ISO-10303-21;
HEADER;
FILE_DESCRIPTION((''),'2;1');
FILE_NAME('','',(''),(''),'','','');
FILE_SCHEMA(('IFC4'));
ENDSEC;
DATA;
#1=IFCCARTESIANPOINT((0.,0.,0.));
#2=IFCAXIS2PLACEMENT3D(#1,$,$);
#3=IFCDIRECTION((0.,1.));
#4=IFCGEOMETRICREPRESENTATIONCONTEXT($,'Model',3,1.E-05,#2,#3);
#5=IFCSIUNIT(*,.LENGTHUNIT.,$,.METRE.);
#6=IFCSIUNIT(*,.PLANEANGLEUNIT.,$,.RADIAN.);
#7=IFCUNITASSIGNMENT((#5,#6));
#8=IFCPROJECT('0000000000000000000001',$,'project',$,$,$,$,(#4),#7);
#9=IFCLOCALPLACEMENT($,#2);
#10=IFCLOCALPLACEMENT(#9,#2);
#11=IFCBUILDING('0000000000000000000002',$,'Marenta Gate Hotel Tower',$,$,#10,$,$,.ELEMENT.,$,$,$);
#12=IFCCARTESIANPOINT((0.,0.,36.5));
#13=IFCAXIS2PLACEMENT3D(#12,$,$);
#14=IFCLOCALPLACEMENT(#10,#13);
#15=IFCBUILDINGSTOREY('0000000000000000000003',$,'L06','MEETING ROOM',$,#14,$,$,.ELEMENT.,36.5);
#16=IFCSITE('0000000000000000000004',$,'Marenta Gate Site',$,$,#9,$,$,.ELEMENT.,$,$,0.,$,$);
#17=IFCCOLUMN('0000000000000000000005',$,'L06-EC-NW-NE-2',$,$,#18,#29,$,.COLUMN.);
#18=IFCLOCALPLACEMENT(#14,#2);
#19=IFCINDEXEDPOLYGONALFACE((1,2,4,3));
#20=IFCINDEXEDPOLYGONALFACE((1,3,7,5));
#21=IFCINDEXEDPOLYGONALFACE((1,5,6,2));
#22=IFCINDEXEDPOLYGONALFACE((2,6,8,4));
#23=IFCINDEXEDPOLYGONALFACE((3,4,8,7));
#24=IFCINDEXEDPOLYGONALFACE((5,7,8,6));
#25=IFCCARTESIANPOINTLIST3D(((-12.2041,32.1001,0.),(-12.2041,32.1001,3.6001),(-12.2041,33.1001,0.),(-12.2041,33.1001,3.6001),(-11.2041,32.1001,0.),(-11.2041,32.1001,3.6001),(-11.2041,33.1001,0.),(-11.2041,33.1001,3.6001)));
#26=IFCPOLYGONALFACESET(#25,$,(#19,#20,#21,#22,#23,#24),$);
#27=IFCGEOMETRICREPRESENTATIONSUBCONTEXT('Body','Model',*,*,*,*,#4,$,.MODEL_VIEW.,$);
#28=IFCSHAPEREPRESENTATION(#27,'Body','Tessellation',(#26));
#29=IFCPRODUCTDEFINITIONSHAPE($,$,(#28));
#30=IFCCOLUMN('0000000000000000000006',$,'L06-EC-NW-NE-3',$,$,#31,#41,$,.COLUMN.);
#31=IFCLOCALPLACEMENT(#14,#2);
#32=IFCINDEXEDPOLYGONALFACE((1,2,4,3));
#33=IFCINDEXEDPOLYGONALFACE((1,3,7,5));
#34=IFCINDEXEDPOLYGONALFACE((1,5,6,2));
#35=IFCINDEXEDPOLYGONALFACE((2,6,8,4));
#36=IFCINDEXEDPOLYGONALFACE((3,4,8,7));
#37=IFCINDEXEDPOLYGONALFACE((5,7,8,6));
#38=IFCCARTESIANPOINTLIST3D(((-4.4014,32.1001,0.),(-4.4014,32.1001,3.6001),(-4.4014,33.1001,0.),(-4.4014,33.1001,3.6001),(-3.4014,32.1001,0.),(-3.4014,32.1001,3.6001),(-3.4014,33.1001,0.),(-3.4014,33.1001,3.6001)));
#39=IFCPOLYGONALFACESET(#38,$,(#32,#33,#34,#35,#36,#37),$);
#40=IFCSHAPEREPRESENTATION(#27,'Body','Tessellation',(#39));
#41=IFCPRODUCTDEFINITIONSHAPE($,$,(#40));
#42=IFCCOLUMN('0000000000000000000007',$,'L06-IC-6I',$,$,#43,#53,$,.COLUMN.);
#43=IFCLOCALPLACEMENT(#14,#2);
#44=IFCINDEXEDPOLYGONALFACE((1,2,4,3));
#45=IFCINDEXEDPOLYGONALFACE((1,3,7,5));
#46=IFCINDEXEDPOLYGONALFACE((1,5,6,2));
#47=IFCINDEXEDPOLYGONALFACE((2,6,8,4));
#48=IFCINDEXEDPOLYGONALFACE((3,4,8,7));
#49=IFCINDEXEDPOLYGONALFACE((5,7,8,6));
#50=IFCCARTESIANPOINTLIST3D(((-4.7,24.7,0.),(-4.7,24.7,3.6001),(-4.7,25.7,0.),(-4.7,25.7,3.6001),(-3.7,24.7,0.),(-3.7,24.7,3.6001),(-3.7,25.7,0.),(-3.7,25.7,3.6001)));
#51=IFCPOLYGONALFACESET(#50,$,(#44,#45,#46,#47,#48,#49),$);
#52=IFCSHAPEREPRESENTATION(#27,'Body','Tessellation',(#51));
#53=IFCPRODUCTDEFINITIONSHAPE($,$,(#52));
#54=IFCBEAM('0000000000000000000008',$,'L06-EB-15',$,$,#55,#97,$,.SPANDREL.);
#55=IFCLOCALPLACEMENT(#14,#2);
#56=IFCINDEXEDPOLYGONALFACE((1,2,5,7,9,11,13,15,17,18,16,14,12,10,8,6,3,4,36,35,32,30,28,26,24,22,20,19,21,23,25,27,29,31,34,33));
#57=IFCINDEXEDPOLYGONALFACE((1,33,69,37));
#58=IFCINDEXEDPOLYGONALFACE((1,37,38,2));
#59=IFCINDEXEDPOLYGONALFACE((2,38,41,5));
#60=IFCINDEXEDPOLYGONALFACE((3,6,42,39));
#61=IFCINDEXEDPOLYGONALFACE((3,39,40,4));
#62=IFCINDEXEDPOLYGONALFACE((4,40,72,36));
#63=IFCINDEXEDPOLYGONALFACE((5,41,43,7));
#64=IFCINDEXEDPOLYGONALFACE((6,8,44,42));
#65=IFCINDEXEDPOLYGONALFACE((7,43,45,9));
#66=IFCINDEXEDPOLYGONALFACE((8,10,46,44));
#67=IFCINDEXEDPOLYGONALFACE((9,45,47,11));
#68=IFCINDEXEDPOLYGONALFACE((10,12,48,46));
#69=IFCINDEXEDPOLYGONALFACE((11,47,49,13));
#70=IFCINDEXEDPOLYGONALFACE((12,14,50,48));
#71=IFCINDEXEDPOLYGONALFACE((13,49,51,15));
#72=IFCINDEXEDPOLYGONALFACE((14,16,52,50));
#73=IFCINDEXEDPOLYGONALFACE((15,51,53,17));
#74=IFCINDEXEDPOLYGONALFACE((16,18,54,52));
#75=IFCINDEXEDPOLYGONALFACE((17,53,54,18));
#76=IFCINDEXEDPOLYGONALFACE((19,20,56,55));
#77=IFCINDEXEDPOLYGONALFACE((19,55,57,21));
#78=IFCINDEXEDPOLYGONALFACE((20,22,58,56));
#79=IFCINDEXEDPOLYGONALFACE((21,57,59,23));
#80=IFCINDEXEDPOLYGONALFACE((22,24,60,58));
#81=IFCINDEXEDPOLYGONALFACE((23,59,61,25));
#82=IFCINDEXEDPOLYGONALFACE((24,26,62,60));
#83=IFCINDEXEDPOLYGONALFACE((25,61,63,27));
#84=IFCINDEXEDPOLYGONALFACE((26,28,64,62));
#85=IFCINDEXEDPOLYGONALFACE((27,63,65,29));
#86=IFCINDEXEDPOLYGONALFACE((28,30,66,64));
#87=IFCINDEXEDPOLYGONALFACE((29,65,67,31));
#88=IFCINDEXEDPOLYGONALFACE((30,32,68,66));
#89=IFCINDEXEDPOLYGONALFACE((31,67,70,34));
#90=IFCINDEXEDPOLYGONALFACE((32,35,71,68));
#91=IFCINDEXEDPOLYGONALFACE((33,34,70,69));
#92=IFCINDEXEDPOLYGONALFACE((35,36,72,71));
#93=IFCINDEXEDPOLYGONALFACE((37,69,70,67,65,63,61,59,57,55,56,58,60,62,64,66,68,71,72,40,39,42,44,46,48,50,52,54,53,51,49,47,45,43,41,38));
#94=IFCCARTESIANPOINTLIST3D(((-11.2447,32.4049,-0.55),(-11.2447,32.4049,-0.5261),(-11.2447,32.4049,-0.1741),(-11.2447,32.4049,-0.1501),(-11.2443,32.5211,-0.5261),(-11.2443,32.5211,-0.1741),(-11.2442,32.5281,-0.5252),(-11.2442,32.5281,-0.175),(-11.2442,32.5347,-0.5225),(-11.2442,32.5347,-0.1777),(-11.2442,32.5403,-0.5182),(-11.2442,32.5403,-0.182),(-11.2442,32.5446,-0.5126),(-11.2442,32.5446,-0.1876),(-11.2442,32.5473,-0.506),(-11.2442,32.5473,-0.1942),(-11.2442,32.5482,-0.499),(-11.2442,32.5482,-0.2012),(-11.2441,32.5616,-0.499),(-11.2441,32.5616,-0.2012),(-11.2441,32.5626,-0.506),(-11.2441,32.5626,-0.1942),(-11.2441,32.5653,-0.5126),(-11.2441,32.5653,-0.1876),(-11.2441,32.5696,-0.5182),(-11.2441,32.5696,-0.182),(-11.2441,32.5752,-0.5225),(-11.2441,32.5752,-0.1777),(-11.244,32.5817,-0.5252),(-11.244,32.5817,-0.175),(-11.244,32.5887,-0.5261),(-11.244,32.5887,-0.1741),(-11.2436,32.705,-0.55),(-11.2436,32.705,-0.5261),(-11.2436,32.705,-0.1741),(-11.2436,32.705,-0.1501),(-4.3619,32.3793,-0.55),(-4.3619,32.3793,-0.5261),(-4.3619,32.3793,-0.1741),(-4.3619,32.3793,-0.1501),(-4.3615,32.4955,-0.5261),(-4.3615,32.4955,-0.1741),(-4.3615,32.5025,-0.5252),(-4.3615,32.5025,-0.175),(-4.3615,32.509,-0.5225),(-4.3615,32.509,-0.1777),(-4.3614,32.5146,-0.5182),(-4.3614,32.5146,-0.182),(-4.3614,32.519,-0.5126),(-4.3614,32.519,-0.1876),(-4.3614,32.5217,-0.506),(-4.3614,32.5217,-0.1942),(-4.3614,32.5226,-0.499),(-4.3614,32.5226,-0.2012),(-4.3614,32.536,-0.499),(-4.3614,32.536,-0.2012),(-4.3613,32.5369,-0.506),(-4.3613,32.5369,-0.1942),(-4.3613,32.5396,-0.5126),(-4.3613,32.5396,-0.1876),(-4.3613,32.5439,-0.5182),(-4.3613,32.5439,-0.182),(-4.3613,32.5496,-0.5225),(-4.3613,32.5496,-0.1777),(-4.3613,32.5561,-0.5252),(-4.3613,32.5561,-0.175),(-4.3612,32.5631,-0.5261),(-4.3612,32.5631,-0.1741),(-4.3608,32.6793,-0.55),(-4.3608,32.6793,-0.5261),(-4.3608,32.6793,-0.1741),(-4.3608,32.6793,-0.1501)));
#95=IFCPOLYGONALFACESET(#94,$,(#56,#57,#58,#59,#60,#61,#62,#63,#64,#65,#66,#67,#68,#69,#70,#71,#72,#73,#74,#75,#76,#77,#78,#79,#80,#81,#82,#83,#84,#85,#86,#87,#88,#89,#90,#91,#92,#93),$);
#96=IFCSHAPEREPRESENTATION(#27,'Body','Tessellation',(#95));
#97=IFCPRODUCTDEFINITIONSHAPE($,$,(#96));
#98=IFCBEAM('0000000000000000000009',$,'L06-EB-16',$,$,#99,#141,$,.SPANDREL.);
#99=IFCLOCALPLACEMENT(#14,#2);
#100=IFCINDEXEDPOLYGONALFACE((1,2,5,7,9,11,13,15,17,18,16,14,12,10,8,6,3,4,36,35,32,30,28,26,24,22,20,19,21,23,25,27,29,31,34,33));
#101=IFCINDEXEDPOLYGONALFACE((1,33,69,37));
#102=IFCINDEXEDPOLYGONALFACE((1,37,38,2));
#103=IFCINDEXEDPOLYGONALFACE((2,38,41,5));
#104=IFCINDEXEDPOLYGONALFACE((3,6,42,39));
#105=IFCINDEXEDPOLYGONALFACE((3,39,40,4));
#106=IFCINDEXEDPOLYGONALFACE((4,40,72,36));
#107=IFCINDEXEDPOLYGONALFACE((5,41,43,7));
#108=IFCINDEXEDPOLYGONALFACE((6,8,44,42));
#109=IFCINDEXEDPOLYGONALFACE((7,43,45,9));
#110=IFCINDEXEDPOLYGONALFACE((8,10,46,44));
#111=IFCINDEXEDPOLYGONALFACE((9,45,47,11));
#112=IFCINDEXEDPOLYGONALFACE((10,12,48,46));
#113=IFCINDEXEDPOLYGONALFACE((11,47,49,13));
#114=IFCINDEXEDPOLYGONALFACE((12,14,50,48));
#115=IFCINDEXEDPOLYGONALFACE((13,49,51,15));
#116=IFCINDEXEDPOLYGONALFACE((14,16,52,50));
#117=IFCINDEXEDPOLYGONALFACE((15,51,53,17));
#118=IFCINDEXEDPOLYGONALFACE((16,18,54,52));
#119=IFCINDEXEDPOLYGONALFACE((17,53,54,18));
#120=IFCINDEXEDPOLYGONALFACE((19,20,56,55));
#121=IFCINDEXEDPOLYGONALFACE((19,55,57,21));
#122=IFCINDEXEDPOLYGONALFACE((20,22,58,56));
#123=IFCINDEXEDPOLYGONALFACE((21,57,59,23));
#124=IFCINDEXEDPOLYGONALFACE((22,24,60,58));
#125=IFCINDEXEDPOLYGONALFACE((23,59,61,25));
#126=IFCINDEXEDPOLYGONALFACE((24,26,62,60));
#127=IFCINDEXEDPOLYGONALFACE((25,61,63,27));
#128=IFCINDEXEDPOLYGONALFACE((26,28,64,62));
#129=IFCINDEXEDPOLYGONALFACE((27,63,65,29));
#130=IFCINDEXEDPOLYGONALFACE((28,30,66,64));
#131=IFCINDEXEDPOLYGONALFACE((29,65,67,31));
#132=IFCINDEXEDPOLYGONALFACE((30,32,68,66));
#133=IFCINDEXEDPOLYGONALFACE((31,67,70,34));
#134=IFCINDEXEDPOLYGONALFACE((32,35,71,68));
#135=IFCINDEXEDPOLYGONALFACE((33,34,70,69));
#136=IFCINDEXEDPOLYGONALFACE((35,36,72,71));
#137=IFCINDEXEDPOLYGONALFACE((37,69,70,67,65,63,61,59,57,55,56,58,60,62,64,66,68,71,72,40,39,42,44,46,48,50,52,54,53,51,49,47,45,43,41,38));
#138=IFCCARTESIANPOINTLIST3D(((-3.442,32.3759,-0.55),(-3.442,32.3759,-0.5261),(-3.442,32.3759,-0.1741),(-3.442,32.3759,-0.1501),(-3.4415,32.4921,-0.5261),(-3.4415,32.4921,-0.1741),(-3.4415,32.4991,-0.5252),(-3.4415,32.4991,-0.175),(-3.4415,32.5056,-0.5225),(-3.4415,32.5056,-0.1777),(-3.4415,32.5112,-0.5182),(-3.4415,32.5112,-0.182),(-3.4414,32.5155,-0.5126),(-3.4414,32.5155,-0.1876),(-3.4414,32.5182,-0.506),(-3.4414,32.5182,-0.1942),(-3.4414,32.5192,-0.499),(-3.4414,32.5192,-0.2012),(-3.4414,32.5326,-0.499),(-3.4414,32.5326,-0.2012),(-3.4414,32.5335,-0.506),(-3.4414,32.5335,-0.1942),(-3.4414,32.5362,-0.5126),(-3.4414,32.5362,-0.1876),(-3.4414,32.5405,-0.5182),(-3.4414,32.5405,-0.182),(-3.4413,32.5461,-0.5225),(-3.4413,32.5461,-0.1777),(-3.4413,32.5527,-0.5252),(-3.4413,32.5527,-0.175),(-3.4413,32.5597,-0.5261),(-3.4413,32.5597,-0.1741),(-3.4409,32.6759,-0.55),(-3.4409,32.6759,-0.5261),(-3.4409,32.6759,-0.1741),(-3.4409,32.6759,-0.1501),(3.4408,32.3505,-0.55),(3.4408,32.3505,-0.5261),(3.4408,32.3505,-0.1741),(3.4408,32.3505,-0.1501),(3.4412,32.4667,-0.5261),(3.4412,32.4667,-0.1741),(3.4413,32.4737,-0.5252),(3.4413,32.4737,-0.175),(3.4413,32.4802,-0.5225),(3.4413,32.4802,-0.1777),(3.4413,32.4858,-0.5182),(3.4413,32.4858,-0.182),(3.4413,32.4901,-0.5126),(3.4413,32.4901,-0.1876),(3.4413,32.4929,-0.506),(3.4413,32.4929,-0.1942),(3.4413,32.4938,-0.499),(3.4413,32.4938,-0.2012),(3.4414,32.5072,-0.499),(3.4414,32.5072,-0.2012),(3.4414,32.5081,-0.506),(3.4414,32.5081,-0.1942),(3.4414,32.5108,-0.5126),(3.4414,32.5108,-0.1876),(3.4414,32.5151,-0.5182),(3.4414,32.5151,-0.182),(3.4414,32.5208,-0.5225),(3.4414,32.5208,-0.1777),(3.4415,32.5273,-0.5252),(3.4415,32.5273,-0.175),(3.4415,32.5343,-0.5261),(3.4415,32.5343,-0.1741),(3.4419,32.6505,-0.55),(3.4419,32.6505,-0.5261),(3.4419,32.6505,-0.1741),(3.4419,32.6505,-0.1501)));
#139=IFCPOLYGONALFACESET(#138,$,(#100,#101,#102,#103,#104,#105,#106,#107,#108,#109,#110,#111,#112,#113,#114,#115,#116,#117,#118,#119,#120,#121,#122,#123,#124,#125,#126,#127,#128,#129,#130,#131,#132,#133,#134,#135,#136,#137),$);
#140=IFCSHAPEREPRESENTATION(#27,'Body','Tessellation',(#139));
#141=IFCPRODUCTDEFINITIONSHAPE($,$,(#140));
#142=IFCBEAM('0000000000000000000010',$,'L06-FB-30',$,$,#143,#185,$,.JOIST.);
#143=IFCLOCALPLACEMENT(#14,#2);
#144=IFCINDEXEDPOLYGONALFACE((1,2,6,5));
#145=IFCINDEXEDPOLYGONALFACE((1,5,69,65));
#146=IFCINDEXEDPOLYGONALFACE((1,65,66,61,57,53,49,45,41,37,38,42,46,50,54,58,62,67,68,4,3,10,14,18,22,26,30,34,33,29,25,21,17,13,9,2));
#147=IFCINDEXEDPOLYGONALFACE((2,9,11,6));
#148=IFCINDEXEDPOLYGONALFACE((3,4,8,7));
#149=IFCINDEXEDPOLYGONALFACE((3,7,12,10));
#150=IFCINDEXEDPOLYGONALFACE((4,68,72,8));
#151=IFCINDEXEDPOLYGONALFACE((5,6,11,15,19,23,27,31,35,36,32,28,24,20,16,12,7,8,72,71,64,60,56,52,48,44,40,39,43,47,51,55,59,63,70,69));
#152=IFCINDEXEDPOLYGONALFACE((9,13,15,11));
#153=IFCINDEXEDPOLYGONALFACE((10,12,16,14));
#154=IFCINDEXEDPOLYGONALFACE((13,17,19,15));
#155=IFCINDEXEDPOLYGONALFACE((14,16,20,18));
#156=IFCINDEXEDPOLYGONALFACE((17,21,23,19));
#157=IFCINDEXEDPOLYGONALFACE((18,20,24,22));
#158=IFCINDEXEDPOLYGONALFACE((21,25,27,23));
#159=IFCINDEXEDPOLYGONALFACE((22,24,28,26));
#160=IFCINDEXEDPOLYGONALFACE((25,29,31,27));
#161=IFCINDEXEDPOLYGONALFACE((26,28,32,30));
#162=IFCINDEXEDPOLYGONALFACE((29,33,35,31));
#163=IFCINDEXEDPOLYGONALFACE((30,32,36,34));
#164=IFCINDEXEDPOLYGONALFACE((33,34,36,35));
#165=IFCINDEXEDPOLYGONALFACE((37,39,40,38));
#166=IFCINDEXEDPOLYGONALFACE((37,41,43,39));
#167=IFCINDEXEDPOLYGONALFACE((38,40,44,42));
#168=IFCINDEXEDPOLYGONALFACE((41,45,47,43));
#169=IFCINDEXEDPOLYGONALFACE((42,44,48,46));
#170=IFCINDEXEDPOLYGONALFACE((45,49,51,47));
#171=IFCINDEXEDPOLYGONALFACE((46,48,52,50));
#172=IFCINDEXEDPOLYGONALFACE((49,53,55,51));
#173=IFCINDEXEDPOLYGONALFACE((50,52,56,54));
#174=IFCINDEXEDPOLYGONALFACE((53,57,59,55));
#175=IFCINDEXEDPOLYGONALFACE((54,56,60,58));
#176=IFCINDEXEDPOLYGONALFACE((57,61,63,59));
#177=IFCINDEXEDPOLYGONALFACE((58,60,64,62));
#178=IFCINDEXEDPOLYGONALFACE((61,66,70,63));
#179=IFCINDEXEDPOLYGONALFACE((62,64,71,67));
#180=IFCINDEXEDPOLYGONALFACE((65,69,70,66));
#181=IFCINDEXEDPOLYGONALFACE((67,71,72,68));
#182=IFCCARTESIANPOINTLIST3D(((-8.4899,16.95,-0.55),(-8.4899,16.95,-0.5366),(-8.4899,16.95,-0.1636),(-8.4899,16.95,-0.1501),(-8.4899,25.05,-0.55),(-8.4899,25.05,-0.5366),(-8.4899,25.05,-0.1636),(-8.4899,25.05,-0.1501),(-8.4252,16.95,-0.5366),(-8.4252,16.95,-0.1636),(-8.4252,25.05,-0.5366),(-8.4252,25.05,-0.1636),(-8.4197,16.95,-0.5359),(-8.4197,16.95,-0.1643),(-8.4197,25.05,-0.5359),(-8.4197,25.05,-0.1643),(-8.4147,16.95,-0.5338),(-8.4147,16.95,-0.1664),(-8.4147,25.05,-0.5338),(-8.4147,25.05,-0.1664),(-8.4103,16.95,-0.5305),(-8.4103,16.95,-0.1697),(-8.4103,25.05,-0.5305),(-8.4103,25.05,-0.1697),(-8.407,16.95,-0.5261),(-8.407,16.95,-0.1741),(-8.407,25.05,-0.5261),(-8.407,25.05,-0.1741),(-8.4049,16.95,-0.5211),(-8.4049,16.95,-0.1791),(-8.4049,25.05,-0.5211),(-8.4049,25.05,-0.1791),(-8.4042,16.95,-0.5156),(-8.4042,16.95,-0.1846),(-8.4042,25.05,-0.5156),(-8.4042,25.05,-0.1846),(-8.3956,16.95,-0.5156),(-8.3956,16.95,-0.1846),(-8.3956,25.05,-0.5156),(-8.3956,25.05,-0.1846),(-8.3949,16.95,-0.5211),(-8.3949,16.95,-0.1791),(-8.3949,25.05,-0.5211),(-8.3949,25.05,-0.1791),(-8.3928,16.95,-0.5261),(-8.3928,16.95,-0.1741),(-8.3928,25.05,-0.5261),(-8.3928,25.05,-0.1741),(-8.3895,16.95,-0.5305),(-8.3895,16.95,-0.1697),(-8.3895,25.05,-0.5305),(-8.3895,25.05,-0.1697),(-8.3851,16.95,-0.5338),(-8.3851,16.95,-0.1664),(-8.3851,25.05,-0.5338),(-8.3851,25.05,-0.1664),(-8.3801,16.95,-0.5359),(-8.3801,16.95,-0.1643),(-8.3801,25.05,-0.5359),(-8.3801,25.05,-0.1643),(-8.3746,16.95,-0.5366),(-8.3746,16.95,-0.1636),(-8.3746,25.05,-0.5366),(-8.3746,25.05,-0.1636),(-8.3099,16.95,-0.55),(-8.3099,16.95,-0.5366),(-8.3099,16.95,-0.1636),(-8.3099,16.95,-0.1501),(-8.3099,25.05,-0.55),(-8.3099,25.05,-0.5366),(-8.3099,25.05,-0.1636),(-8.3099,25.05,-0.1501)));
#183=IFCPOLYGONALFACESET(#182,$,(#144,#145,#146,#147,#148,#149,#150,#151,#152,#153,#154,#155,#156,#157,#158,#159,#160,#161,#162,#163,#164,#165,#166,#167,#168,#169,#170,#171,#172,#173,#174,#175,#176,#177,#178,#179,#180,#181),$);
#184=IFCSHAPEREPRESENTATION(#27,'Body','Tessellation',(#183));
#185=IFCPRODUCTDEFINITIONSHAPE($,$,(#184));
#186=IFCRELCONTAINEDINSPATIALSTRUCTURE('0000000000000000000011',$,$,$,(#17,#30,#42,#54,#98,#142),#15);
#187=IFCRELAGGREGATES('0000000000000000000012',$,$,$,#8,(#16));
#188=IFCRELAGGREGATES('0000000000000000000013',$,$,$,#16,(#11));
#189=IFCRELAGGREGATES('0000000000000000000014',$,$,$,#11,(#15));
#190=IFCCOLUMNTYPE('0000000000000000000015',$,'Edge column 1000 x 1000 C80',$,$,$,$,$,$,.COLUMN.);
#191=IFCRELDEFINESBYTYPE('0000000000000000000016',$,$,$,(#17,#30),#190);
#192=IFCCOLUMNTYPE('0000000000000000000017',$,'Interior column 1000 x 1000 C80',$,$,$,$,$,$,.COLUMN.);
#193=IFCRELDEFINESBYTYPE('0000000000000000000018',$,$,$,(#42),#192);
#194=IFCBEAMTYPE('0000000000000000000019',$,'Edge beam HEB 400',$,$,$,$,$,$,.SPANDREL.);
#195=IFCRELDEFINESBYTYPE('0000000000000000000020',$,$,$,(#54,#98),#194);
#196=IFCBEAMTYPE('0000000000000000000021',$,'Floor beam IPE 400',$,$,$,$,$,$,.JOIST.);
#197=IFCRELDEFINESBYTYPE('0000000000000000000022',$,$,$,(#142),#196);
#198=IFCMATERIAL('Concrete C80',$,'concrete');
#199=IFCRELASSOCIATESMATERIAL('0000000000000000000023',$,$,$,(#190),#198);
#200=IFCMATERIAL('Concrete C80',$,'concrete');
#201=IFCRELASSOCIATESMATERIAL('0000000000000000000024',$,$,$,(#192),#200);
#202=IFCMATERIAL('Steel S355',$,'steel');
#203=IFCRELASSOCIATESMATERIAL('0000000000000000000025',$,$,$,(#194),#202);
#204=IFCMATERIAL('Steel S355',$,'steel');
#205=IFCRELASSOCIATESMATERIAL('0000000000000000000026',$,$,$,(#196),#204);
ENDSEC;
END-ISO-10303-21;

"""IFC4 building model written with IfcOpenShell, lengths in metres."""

from ifc_helpers import new_model, si_unit, direction, frame, origin, origin_2d, place, context, subcontext, project, spatial, rectangle, i_section, extrude, material, material_profile, profile_set, type_object, element, save


model = new_model("IFC4")

# Units and contexts
model_context = context("Model", 3, precision=1e-05, world=origin(), true_north=direction((0.0, 1.0)))
body_context = subcontext(model_context, "Body", "Model", "MODEL_VIEW")
ifc_project = project(units=[si_unit("LENGTHUNIT", "METRE"), si_unit("PLANEANGLEUNIT", "RADIAN")], contexts=[model_context])

# Site, building, storey
site_placement = place(None, origin())
site = spatial("IfcSite", under=ifc_project, at=site_placement, Name="Marenta Gate Site", CompositionType="ELEMENT", RefElevation=0.0)
building_placement = place(site_placement, origin())
building = spatial("IfcBuilding", under=site, at=building_placement, Name="Marenta Gate Hotel Tower", CompositionType="ELEMENT")
storey_placement = place(building_placement, frame((0.0, 0.0, 36.5)))
storey = spatial("IfcBuildingStorey", under=building, at=storey_placement, Name="L06", Description="MEETING ROOM", CompositionType="ELEMENT", Elevation=36.5)

# Columns
ifc_material_1 = material(Name="Concrete C80", Category="concrete")
ifc_material_profile_1 = material_profile(ifc_material_1, rectangle(XDim=1.0, YDim=1.0, at=origin_2d()), Name="1000 x 1000")
ifc_profile_set_1 = profile_set([ifc_material_profile_1], Name="Concrete C80")
column_type_1 = type_object("IfcColumnType", Name="Edge column 1000 x 1000 C80", PredefinedType="COLUMN", material=ifc_profile_set_1)
for number, where, z_axis, x_axis, name in (
    (1, (-11.7041, 32.6001, 0.0), (0.0, 0.0, 1.0), (1.0, 0.0, 0.0), "L06-EC-NW-NE-2"),
    (2, (-3.9014, 32.6001, 0.0), (0.0, 0.0, 1.0), (1.0, 0.0, 0.0), "L06-EC-NW-NE-3"),
):
    element("IfcColumn", number, at=place(storey_placement, frame(where, z_axis=z_axis, x_axis=x_axis)), inside=storey, type_object=column_type_1, Name=name, PredefinedType="COLUMN", context=body_context, shape_type="SweptSolid", body=[
        extrude(rectangle(XDim=1.0, YDim=1.0, at=origin_2d()), origin(), (0.0, 0.0, 1.0), 3.6001),
    ])
ifc_material_2 = material(Name="Concrete C80", Category="concrete")
ifc_material_profile_2 = material_profile(ifc_material_2, rectangle(XDim=1.0, YDim=1.0, at=origin_2d()), Name="1000 x 1000")
ifc_profile_set_2 = profile_set([ifc_material_profile_2], Name="Concrete C80")
column_type_2 = type_object("IfcColumnType", Name="Interior column 1000 x 1000 C80", PredefinedType="COLUMN", material=ifc_profile_set_2)
column_placement = place(storey_placement, frame((-4.2, 25.2, 0.0), z_axis=(0.0, 0.0, 1.0), x_axis=(1.0, 0.0, 0.0)))
element("IfcColumn", 3, at=column_placement, inside=storey, type_object=column_type_2, Name="L06-IC-6I", PredefinedType="COLUMN", context=body_context, shape_type="SweptSolid", body=[
    extrude(rectangle(XDim=1.0, YDim=1.0, at=origin_2d()), origin(), (0.0, 0.0, 1.0), 3.6001),
])

# Beams
ifc_material_3 = material(Name="Steel S355", Category="steel")
ifc_material_profile_3 = material_profile(ifc_material_3, i_section(OverallWidth=0.3, OverallDepth=0.3999, WebThickness=0.0134, FlangeThickness=0.0239, FilletRadius=0.0271, at=origin_2d()), Name="HEB 400")
ifc_profile_set_3 = profile_set([ifc_material_profile_3], Name="Steel S355")
beam_type_1 = type_object("IfcBeamType", Name="Edge beam HEB 400", PredefinedType="SPANDREL", material=ifc_profile_set_3)
for number, where, z_axis, x_axis, name in (
    (4, (-11.2441, 32.5549, -0.3501), (0.999993, -0.003724, 0.0), (0.003724, 0.999993, 0.0), "L06-EB-15"),
    (5, (-3.4414, 32.5259, -0.3501), (0.999993, -0.003689, 0.0), (0.003689, 0.999993, 0.0), "L06-EB-16"),
):
    element("IfcBeam", number, at=place(storey_placement, frame(where, z_axis=z_axis, x_axis=x_axis)), inside=storey, type_object=beam_type_1, Name=name, PredefinedType="SPANDREL", context=body_context, shape_type="SweptSolid", body=[
        extrude(i_section(OverallWidth=0.3, OverallDepth=0.3999, WebThickness=0.0134, FlangeThickness=0.0239, FilletRadius=0.0271, at=origin_2d()), origin(), (0.0, 0.0, 1.0), 6.8828),
    ])
ifc_material_4 = material(Name="Steel S355", Category="steel")
ifc_material_profile_4 = material_profile(ifc_material_4, i_section(OverallWidth=0.1799, OverallDepth=0.3999, WebThickness=0.0085, FlangeThickness=0.0134, FilletRadius=0.021, at=origin_2d()), Name="IPE 400")
ifc_profile_set_4 = profile_set([ifc_material_profile_4], Name="Steel S355")
beam_type_2 = type_object("IfcBeamType", Name="Floor beam IPE 400", PredefinedType="JOIST", material=ifc_profile_set_4)
beam_1_placement = place(storey_placement, frame((-8.3999, 16.95, -0.3501), z_axis=(0.0, 1.0, 0.0), x_axis=(-1.0, 0.0, 0.0)))
element("IfcBeam", 6, at=beam_1_placement, inside=storey, type_object=beam_type_2, Name="L06-FB-30", PredefinedType="JOIST", context=body_context, shape_type="SweptSolid", body=[
    extrude(i_section(OverallWidth=0.1799, OverallDepth=0.3999, WebThickness=0.0085, FlangeThickness=0.0134, FilletRadius=0.021, at=origin_2d()), origin(), (0.0, 0.0, 1.0), 8.1001),
])

save(model, "model.ifc")
